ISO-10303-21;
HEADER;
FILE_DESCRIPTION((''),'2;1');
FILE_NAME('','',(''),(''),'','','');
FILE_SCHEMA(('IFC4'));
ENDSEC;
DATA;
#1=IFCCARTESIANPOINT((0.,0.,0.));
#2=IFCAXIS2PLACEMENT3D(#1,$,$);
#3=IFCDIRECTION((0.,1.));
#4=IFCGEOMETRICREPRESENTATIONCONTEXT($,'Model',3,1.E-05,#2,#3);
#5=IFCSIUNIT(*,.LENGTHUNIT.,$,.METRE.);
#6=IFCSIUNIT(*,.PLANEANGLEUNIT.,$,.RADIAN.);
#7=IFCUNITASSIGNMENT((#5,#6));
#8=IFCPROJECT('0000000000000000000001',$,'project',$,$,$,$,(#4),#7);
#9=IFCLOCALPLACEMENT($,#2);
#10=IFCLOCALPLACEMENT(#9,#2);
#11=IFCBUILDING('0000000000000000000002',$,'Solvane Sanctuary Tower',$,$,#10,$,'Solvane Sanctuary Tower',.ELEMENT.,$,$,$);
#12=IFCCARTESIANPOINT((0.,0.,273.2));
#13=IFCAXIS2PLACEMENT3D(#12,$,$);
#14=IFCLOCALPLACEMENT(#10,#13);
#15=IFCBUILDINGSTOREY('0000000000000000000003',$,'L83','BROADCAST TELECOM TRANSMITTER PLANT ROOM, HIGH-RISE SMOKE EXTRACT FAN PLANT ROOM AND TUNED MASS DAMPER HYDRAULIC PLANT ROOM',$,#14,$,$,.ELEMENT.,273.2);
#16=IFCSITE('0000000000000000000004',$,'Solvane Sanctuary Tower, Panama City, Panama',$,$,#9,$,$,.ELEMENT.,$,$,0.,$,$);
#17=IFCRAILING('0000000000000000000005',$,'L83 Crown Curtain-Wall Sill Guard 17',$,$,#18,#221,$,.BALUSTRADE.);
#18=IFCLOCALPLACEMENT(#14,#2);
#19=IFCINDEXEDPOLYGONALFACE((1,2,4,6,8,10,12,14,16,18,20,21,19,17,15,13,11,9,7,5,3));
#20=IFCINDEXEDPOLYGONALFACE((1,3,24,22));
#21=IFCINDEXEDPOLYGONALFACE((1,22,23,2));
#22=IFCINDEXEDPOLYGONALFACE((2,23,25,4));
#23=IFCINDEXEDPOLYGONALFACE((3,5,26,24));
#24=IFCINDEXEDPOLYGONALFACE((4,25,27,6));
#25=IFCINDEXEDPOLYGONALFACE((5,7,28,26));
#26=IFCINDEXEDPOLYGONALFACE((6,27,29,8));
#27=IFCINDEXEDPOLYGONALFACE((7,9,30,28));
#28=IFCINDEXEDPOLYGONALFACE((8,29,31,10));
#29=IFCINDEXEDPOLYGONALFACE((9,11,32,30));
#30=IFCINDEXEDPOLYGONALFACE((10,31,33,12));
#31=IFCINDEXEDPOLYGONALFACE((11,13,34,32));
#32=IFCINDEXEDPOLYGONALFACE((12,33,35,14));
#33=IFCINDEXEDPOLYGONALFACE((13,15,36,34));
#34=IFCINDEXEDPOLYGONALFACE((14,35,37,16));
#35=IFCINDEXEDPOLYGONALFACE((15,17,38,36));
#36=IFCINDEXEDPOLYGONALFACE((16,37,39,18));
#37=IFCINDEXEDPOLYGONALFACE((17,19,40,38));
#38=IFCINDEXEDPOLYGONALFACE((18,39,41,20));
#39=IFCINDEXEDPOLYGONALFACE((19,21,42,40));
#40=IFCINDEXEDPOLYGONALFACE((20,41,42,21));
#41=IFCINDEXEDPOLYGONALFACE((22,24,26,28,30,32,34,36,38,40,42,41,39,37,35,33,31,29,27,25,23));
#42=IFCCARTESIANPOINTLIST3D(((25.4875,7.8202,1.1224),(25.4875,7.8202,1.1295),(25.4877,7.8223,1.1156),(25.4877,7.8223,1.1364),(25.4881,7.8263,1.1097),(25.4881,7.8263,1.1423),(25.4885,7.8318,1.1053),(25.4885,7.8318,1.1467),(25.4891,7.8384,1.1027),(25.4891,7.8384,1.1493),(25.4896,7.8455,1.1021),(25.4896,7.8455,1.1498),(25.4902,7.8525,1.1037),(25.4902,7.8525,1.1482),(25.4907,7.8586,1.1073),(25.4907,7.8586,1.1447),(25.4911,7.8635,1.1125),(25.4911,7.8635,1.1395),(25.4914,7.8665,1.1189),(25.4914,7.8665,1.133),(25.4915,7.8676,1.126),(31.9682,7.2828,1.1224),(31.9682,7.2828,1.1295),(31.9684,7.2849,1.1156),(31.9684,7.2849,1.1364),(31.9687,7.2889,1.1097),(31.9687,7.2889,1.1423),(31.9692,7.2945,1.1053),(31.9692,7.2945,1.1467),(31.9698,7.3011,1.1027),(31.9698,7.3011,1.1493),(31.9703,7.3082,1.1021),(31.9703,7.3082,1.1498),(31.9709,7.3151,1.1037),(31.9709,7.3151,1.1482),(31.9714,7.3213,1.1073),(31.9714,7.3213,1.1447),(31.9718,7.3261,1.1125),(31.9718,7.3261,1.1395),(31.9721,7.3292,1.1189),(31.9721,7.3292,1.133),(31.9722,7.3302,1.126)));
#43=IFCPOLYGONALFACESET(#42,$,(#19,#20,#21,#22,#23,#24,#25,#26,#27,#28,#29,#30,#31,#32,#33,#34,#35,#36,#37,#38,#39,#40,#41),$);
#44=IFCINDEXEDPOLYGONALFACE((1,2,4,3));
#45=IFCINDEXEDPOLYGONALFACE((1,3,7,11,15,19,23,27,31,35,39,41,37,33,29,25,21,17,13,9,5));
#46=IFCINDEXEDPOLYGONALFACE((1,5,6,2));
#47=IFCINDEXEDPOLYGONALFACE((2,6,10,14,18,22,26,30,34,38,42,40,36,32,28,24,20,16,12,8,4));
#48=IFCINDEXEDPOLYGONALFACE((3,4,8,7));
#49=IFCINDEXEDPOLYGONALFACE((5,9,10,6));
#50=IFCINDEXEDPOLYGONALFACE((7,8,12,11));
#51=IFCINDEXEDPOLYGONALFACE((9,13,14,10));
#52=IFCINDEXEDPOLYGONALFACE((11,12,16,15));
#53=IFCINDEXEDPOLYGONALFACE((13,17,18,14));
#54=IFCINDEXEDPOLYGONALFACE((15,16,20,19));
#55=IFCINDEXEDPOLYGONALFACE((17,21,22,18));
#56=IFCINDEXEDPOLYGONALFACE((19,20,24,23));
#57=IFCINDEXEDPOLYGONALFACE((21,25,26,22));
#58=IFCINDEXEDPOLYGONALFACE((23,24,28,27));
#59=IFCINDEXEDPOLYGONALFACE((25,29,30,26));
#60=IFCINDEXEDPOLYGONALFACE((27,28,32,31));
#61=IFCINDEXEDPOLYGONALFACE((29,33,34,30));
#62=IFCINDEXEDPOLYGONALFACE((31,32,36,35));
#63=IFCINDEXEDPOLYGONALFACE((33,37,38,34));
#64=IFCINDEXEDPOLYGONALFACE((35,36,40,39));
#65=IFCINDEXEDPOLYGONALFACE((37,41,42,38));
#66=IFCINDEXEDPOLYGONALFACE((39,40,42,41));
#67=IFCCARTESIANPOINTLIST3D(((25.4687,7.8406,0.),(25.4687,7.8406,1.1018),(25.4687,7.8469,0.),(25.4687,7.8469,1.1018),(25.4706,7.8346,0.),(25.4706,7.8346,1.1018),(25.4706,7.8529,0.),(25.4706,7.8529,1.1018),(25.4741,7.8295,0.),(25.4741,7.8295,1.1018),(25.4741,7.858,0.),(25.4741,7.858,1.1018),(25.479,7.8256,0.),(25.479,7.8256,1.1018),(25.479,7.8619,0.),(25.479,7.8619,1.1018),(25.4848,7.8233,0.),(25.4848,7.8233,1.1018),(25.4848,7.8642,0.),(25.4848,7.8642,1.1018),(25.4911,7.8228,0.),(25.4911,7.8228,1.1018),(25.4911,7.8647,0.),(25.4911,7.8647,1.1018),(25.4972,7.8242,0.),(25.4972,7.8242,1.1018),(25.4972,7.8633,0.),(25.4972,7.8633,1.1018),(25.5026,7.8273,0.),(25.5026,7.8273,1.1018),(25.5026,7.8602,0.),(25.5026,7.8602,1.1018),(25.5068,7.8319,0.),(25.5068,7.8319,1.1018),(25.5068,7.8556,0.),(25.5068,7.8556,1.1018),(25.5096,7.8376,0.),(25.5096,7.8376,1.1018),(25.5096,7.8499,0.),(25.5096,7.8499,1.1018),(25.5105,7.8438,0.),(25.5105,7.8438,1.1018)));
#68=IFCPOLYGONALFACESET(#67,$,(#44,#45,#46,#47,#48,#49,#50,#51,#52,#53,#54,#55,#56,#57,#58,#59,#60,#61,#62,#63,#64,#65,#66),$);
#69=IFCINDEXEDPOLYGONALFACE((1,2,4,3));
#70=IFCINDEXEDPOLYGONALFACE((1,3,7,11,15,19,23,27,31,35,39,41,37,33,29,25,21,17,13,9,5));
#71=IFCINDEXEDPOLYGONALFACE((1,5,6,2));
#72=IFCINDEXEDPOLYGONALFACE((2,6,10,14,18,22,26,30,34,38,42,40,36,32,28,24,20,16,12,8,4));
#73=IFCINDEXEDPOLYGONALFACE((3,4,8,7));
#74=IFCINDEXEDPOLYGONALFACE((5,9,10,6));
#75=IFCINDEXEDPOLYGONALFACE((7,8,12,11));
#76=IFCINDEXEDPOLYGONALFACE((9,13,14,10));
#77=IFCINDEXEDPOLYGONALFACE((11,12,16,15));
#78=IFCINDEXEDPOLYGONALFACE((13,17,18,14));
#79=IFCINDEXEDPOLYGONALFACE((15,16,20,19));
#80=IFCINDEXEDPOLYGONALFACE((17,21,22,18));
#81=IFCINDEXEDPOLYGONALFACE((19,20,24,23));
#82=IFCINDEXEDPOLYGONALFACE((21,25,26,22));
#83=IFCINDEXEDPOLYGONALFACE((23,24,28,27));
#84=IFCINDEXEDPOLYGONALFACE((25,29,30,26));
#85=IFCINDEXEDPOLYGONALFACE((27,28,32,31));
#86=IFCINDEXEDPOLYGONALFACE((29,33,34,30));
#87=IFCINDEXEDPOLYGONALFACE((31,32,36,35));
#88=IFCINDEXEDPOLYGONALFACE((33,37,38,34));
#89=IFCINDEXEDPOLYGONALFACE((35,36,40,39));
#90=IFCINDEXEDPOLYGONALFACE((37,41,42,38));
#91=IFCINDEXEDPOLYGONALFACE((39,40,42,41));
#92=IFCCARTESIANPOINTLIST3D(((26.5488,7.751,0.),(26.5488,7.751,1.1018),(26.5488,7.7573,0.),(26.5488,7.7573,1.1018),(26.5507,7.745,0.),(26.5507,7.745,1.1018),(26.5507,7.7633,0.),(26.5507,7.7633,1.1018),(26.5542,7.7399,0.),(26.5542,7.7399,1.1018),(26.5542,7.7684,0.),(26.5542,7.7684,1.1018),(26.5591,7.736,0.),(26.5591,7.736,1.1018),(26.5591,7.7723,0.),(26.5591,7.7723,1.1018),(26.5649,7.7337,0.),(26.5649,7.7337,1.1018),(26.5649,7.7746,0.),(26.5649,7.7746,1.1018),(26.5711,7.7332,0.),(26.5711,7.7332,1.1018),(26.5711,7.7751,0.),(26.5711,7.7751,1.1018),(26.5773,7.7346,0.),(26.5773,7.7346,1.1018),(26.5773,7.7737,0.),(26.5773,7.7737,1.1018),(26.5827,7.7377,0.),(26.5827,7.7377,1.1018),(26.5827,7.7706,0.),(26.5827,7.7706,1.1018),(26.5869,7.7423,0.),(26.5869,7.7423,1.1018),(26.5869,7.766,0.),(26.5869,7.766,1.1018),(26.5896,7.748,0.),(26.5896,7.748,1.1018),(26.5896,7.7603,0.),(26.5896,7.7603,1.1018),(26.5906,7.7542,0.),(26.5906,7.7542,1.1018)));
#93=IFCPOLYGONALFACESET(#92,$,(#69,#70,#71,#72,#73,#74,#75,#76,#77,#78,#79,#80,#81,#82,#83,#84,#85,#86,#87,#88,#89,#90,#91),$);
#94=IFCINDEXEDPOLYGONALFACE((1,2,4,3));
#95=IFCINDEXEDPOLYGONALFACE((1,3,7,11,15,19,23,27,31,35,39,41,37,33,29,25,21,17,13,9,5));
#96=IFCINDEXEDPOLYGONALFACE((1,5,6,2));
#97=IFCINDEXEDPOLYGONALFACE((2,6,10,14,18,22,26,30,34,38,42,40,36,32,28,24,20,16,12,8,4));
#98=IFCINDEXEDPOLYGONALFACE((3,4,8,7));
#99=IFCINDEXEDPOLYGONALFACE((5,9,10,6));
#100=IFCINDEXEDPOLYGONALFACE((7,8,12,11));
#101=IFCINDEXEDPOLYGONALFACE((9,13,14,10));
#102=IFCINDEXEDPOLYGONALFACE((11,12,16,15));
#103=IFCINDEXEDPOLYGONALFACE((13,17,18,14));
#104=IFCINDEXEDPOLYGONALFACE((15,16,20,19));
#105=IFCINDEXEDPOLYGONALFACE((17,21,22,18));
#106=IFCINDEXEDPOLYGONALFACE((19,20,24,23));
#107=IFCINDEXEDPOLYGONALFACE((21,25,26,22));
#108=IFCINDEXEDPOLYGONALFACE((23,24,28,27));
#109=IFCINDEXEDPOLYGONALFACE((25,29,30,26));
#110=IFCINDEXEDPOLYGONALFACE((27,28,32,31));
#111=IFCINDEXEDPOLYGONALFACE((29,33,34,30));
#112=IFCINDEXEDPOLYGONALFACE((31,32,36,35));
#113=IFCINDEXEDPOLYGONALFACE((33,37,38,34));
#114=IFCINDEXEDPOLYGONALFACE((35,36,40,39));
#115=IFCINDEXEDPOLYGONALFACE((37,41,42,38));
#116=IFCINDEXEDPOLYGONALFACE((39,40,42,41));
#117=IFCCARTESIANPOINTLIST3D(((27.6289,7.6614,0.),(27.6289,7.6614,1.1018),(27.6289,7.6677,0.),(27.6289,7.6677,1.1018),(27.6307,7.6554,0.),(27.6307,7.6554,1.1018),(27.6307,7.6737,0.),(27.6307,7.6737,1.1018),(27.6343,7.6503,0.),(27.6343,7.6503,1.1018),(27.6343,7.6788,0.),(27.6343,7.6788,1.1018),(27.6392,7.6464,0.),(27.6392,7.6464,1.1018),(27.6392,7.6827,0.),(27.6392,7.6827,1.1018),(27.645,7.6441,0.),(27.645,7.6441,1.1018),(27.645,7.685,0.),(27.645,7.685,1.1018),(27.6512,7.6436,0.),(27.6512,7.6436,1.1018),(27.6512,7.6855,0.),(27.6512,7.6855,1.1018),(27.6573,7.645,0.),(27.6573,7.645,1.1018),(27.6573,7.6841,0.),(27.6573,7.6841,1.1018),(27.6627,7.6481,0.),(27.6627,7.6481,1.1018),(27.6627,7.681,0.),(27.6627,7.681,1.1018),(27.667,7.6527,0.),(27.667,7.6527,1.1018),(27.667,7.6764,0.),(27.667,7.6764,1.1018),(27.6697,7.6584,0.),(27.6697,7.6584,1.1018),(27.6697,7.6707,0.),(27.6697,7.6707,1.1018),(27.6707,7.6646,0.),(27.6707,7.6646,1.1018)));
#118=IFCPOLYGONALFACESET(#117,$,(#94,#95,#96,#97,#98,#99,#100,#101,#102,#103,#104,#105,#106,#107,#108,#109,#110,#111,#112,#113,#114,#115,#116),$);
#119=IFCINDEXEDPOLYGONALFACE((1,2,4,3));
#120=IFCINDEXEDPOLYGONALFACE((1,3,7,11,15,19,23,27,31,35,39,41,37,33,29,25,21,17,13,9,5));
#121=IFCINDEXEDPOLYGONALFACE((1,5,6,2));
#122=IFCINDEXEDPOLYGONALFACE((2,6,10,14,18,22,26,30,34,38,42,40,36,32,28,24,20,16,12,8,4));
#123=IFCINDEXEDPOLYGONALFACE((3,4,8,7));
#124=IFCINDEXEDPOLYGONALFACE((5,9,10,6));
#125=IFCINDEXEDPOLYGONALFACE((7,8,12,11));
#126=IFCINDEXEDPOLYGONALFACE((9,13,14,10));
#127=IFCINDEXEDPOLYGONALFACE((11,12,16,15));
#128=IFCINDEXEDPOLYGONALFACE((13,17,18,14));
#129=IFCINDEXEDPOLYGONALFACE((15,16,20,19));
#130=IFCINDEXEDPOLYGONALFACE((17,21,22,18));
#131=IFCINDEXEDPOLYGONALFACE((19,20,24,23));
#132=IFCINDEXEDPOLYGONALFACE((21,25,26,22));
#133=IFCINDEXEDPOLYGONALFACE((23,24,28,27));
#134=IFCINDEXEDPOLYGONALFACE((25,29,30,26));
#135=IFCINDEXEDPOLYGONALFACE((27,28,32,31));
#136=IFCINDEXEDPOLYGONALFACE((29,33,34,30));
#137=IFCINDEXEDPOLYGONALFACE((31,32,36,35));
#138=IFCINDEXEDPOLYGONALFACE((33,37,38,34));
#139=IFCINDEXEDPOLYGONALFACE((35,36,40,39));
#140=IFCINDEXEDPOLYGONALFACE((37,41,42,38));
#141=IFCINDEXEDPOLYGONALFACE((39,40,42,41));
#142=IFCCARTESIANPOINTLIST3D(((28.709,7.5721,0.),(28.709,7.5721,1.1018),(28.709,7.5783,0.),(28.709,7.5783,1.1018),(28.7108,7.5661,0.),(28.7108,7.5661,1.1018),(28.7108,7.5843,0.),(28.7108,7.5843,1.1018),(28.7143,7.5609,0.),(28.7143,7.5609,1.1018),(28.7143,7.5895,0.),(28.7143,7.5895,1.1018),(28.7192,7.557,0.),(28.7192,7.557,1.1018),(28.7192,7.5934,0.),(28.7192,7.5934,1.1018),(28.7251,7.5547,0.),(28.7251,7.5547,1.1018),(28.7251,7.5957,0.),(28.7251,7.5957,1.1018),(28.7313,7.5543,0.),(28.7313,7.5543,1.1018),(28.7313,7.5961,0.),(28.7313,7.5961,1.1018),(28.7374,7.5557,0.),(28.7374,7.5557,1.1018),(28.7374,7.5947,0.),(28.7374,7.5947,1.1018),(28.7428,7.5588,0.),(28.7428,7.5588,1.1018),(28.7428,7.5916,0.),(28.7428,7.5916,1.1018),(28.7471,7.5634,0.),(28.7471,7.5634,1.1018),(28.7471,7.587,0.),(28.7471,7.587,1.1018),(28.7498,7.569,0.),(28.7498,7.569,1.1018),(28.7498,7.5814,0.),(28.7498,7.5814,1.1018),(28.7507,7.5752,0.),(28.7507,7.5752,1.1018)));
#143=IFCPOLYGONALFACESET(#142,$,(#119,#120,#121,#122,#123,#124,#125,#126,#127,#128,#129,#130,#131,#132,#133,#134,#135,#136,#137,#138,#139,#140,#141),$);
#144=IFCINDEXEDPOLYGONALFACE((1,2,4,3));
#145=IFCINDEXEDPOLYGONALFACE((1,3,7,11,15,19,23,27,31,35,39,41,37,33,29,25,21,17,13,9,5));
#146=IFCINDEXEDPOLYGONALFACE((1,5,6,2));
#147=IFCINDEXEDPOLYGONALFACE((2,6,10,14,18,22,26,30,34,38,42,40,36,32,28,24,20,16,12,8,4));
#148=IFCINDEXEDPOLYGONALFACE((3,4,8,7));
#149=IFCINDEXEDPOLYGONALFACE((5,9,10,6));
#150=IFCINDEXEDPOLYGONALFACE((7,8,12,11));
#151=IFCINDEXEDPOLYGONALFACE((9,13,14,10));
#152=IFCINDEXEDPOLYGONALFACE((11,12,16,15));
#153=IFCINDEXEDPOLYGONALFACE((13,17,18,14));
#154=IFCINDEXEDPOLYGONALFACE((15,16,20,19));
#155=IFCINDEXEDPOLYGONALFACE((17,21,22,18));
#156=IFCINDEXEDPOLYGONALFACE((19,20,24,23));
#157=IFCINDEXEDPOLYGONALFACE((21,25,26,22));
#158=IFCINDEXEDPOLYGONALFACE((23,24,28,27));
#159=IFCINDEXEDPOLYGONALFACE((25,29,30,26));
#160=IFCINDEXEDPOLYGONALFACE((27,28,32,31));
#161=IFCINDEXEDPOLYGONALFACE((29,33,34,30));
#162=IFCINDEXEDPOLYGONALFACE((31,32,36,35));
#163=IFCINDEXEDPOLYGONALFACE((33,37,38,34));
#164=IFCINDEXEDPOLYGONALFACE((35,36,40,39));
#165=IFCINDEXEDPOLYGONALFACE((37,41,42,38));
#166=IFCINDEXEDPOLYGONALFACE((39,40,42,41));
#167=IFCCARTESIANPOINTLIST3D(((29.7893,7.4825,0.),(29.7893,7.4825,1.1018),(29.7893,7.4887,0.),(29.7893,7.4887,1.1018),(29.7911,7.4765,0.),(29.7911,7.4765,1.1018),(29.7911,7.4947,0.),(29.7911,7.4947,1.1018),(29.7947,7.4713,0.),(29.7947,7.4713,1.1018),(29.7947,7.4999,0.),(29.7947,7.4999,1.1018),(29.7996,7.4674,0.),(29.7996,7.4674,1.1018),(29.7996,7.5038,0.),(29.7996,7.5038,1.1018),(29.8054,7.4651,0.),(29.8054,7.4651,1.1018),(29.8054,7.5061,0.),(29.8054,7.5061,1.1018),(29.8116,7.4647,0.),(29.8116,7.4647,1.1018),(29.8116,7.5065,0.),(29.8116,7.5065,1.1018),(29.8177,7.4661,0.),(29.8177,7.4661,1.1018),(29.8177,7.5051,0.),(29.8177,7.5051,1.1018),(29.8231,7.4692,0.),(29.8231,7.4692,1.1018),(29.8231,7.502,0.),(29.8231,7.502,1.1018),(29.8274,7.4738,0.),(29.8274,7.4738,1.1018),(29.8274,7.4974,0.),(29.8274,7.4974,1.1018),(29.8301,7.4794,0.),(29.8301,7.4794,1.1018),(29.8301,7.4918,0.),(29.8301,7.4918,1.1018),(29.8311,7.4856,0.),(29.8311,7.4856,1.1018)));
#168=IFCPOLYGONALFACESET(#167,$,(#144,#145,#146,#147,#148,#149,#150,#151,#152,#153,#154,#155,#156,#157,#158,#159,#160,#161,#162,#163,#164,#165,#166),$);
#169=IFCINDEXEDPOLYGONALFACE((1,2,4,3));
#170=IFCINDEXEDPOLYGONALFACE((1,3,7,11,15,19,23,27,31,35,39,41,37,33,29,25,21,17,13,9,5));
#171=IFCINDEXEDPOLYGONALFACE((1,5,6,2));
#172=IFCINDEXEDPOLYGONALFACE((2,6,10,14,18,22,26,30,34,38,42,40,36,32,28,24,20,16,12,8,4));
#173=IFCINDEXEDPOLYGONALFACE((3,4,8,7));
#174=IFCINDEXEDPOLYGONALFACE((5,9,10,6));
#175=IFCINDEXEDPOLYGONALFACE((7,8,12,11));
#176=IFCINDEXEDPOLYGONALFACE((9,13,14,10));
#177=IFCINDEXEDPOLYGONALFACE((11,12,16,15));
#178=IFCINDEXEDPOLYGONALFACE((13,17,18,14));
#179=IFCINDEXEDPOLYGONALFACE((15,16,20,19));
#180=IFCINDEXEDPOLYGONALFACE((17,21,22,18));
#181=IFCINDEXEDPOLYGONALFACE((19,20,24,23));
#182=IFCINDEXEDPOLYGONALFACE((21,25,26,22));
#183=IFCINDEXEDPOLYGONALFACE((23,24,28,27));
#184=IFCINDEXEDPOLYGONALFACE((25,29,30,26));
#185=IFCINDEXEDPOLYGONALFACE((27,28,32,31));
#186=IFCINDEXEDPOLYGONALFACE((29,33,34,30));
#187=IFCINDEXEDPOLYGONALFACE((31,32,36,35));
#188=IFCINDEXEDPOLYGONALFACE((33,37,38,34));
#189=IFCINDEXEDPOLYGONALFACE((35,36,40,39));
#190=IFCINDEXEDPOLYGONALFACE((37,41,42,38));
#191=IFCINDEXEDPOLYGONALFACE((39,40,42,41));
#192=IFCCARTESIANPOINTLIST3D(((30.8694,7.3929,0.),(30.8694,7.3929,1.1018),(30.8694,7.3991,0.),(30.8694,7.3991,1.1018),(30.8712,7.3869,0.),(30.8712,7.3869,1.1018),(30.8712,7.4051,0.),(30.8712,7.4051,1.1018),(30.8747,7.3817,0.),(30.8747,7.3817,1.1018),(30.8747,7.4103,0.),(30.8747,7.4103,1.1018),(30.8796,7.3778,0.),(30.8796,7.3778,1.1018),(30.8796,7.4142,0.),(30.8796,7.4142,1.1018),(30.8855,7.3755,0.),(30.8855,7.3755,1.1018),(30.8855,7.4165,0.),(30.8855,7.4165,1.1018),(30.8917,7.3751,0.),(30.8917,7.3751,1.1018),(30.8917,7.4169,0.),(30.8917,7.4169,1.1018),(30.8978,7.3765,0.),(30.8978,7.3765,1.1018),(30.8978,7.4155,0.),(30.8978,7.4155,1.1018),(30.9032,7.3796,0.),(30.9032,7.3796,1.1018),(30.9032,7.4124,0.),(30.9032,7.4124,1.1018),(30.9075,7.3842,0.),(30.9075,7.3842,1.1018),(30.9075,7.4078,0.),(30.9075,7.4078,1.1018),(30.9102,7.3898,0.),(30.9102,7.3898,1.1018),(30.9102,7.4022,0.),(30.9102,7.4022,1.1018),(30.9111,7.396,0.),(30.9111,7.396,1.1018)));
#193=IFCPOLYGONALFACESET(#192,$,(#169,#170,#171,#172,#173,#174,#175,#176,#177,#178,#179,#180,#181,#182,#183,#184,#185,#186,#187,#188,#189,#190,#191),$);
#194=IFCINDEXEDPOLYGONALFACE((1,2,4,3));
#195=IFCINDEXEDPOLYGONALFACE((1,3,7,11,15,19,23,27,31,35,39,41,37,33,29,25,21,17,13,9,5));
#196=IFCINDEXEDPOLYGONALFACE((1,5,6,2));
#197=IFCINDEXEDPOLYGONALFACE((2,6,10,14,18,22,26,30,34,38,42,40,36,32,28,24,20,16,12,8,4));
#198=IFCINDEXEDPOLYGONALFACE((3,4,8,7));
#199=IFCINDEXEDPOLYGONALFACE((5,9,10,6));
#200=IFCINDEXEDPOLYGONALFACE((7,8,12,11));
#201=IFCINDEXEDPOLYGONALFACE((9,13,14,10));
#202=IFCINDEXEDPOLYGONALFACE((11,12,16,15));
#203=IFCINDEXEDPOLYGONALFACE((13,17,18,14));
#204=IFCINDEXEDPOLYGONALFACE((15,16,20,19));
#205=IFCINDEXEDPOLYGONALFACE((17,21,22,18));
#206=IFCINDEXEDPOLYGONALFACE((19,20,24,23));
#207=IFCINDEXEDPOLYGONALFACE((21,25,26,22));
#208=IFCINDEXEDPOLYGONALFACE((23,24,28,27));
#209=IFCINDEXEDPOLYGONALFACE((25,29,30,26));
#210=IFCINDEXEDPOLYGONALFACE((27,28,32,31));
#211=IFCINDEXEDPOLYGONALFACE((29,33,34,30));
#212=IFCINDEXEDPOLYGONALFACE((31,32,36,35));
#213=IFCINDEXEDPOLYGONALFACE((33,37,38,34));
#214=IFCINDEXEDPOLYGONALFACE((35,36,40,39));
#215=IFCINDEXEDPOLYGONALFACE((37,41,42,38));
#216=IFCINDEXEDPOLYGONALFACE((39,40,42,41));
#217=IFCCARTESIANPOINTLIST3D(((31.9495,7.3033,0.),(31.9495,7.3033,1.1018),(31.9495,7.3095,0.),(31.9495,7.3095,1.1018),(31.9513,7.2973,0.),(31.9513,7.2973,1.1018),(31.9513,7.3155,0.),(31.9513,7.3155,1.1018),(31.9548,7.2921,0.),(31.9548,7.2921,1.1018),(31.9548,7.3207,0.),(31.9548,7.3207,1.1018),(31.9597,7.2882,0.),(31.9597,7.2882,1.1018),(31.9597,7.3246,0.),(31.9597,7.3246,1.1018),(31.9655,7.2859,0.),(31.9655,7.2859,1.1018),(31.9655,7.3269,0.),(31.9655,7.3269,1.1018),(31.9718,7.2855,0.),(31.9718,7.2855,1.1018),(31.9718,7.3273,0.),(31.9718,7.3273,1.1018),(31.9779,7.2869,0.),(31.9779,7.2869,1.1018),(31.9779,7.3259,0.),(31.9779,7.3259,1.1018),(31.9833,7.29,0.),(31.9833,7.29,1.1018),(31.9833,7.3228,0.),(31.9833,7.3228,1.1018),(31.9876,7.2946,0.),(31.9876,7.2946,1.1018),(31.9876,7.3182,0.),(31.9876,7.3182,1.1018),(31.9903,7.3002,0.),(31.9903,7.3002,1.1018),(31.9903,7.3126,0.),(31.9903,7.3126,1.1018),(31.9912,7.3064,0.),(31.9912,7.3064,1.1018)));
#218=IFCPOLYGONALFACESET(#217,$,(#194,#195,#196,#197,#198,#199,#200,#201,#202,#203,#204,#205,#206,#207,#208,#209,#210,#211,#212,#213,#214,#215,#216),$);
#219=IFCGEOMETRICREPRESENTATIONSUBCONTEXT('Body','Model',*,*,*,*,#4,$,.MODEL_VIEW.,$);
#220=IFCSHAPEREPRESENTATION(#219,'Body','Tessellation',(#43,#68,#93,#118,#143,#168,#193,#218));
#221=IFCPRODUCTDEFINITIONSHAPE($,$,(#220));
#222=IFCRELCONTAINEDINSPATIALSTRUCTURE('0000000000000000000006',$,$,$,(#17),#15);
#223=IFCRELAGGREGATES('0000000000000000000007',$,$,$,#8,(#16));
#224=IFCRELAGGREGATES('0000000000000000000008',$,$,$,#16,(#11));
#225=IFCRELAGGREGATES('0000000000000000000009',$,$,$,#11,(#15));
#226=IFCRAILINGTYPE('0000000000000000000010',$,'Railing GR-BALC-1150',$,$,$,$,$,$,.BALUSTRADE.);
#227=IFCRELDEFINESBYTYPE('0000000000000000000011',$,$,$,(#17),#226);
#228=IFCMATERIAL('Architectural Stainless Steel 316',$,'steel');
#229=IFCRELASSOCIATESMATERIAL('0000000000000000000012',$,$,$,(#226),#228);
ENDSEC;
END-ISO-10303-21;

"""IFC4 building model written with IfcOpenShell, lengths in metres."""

from ifc_helpers import new_model, si_unit, direction, frame, origin, origin_2d, place, context, subcontext, project, spatial, circle, extrude, material, type_object, element, save


model = new_model("IFC4")

# Units and contexts
model_context = context("Model", 3, precision=1e-05, world=origin(), true_north=direction((0.0, 1.0)))
body_context = subcontext(model_context, "Body", "Model", "MODEL_VIEW")
ifc_project = project(units=[si_unit("LENGTHUNIT", "METRE"), si_unit("PLANEANGLEUNIT", "RADIAN")], contexts=[model_context])

# Site, building, storey
site_placement = place(None, origin())
site = spatial("IfcSite", under=ifc_project, at=site_placement, Name="Solvane Sanctuary Tower, Panama City, Panama", CompositionType="ELEMENT", RefElevation=0.0)
building_placement = place(site_placement, origin())
building = spatial("IfcBuilding", under=site, at=building_placement, Name="Solvane Sanctuary Tower", LongName="Solvane Sanctuary Tower", CompositionType="ELEMENT")
storey_placement = place(building_placement, frame((0.0, 0.0, 273.2)))
storey = spatial("IfcBuildingStorey", under=building, at=storey_placement, Name="L83", Description="BROADCAST TELECOM TRANSMITTER PLANT ROOM, HIGH-RISE SMOKE EXTRACT FAN PLANT ROOM AND TUNED MASS DAMPER HYDRAULIC PLANT ROOM", CompositionType="ELEMENT", Elevation=273.2)

# Shared definitions
ifc_material_1 = material(Name="Architectural Stainless Steel 316", Category="steel")

# Railing
railing_type = type_object("IfcRailingType", Name="Railing GR-BALC-1150", PredefinedType="BALUSTRADE", material=ifc_material_1)
railing_placement = place(storey_placement, frame((25.4895, 7.8438, 0.0)))
element("IfcRailing", 1, at=railing_placement, inside=storey, type_object=railing_type, Name="L83 Crown Curtain-Wall Sill Guard 17", PredefinedType="BALUSTRADE", context=body_context, shape_type="SweptSolid", body=[
    extrude(circle(Radius=0.0239, at=origin_2d()), frame((0.0, 0.0, 1.126), z_axis=(0.99658, -0.082632, 0.0), x_axis=(0.082632, 0.99658, 0.0)), (0.0, 0.0, 1.0), 6.5029),
    extrude(circle(Radius=0.021, at=origin_2d()), origin(), (0.0, 0.0, 1.0), 1.1018),
    extrude(circle(Radius=0.021, at=origin_2d()), frame((1.0801, -0.0896, 0.0)), (0.0, 0.0, 1.0), 1.1018),
    extrude(circle(Radius=0.021, at=origin_2d()), frame((2.1602, -0.1792, 0.0)), (0.0, 0.0, 1.0), 1.1018),
    extrude(circle(Radius=0.021, at=origin_2d()), frame((3.2402, -0.2686, 0.0)), (0.0, 0.0, 1.0), 1.1018),
    extrude(circle(Radius=0.021, at=origin_2d()), frame((4.3206, -0.3582, 0.0)), (0.0, 0.0, 1.0), 1.1018),
    extrude(circle(Radius=0.021, at=origin_2d()), frame((5.4006, -0.4478, 0.0)), (0.0, 0.0, 1.0), 1.1018),
    extrude(circle(Radius=0.021, at=origin_2d()), frame((6.4807, -0.5374, 0.0)), (0.0, 0.0, 1.0), 1.1018),
])

save(model, "model.ifc")
